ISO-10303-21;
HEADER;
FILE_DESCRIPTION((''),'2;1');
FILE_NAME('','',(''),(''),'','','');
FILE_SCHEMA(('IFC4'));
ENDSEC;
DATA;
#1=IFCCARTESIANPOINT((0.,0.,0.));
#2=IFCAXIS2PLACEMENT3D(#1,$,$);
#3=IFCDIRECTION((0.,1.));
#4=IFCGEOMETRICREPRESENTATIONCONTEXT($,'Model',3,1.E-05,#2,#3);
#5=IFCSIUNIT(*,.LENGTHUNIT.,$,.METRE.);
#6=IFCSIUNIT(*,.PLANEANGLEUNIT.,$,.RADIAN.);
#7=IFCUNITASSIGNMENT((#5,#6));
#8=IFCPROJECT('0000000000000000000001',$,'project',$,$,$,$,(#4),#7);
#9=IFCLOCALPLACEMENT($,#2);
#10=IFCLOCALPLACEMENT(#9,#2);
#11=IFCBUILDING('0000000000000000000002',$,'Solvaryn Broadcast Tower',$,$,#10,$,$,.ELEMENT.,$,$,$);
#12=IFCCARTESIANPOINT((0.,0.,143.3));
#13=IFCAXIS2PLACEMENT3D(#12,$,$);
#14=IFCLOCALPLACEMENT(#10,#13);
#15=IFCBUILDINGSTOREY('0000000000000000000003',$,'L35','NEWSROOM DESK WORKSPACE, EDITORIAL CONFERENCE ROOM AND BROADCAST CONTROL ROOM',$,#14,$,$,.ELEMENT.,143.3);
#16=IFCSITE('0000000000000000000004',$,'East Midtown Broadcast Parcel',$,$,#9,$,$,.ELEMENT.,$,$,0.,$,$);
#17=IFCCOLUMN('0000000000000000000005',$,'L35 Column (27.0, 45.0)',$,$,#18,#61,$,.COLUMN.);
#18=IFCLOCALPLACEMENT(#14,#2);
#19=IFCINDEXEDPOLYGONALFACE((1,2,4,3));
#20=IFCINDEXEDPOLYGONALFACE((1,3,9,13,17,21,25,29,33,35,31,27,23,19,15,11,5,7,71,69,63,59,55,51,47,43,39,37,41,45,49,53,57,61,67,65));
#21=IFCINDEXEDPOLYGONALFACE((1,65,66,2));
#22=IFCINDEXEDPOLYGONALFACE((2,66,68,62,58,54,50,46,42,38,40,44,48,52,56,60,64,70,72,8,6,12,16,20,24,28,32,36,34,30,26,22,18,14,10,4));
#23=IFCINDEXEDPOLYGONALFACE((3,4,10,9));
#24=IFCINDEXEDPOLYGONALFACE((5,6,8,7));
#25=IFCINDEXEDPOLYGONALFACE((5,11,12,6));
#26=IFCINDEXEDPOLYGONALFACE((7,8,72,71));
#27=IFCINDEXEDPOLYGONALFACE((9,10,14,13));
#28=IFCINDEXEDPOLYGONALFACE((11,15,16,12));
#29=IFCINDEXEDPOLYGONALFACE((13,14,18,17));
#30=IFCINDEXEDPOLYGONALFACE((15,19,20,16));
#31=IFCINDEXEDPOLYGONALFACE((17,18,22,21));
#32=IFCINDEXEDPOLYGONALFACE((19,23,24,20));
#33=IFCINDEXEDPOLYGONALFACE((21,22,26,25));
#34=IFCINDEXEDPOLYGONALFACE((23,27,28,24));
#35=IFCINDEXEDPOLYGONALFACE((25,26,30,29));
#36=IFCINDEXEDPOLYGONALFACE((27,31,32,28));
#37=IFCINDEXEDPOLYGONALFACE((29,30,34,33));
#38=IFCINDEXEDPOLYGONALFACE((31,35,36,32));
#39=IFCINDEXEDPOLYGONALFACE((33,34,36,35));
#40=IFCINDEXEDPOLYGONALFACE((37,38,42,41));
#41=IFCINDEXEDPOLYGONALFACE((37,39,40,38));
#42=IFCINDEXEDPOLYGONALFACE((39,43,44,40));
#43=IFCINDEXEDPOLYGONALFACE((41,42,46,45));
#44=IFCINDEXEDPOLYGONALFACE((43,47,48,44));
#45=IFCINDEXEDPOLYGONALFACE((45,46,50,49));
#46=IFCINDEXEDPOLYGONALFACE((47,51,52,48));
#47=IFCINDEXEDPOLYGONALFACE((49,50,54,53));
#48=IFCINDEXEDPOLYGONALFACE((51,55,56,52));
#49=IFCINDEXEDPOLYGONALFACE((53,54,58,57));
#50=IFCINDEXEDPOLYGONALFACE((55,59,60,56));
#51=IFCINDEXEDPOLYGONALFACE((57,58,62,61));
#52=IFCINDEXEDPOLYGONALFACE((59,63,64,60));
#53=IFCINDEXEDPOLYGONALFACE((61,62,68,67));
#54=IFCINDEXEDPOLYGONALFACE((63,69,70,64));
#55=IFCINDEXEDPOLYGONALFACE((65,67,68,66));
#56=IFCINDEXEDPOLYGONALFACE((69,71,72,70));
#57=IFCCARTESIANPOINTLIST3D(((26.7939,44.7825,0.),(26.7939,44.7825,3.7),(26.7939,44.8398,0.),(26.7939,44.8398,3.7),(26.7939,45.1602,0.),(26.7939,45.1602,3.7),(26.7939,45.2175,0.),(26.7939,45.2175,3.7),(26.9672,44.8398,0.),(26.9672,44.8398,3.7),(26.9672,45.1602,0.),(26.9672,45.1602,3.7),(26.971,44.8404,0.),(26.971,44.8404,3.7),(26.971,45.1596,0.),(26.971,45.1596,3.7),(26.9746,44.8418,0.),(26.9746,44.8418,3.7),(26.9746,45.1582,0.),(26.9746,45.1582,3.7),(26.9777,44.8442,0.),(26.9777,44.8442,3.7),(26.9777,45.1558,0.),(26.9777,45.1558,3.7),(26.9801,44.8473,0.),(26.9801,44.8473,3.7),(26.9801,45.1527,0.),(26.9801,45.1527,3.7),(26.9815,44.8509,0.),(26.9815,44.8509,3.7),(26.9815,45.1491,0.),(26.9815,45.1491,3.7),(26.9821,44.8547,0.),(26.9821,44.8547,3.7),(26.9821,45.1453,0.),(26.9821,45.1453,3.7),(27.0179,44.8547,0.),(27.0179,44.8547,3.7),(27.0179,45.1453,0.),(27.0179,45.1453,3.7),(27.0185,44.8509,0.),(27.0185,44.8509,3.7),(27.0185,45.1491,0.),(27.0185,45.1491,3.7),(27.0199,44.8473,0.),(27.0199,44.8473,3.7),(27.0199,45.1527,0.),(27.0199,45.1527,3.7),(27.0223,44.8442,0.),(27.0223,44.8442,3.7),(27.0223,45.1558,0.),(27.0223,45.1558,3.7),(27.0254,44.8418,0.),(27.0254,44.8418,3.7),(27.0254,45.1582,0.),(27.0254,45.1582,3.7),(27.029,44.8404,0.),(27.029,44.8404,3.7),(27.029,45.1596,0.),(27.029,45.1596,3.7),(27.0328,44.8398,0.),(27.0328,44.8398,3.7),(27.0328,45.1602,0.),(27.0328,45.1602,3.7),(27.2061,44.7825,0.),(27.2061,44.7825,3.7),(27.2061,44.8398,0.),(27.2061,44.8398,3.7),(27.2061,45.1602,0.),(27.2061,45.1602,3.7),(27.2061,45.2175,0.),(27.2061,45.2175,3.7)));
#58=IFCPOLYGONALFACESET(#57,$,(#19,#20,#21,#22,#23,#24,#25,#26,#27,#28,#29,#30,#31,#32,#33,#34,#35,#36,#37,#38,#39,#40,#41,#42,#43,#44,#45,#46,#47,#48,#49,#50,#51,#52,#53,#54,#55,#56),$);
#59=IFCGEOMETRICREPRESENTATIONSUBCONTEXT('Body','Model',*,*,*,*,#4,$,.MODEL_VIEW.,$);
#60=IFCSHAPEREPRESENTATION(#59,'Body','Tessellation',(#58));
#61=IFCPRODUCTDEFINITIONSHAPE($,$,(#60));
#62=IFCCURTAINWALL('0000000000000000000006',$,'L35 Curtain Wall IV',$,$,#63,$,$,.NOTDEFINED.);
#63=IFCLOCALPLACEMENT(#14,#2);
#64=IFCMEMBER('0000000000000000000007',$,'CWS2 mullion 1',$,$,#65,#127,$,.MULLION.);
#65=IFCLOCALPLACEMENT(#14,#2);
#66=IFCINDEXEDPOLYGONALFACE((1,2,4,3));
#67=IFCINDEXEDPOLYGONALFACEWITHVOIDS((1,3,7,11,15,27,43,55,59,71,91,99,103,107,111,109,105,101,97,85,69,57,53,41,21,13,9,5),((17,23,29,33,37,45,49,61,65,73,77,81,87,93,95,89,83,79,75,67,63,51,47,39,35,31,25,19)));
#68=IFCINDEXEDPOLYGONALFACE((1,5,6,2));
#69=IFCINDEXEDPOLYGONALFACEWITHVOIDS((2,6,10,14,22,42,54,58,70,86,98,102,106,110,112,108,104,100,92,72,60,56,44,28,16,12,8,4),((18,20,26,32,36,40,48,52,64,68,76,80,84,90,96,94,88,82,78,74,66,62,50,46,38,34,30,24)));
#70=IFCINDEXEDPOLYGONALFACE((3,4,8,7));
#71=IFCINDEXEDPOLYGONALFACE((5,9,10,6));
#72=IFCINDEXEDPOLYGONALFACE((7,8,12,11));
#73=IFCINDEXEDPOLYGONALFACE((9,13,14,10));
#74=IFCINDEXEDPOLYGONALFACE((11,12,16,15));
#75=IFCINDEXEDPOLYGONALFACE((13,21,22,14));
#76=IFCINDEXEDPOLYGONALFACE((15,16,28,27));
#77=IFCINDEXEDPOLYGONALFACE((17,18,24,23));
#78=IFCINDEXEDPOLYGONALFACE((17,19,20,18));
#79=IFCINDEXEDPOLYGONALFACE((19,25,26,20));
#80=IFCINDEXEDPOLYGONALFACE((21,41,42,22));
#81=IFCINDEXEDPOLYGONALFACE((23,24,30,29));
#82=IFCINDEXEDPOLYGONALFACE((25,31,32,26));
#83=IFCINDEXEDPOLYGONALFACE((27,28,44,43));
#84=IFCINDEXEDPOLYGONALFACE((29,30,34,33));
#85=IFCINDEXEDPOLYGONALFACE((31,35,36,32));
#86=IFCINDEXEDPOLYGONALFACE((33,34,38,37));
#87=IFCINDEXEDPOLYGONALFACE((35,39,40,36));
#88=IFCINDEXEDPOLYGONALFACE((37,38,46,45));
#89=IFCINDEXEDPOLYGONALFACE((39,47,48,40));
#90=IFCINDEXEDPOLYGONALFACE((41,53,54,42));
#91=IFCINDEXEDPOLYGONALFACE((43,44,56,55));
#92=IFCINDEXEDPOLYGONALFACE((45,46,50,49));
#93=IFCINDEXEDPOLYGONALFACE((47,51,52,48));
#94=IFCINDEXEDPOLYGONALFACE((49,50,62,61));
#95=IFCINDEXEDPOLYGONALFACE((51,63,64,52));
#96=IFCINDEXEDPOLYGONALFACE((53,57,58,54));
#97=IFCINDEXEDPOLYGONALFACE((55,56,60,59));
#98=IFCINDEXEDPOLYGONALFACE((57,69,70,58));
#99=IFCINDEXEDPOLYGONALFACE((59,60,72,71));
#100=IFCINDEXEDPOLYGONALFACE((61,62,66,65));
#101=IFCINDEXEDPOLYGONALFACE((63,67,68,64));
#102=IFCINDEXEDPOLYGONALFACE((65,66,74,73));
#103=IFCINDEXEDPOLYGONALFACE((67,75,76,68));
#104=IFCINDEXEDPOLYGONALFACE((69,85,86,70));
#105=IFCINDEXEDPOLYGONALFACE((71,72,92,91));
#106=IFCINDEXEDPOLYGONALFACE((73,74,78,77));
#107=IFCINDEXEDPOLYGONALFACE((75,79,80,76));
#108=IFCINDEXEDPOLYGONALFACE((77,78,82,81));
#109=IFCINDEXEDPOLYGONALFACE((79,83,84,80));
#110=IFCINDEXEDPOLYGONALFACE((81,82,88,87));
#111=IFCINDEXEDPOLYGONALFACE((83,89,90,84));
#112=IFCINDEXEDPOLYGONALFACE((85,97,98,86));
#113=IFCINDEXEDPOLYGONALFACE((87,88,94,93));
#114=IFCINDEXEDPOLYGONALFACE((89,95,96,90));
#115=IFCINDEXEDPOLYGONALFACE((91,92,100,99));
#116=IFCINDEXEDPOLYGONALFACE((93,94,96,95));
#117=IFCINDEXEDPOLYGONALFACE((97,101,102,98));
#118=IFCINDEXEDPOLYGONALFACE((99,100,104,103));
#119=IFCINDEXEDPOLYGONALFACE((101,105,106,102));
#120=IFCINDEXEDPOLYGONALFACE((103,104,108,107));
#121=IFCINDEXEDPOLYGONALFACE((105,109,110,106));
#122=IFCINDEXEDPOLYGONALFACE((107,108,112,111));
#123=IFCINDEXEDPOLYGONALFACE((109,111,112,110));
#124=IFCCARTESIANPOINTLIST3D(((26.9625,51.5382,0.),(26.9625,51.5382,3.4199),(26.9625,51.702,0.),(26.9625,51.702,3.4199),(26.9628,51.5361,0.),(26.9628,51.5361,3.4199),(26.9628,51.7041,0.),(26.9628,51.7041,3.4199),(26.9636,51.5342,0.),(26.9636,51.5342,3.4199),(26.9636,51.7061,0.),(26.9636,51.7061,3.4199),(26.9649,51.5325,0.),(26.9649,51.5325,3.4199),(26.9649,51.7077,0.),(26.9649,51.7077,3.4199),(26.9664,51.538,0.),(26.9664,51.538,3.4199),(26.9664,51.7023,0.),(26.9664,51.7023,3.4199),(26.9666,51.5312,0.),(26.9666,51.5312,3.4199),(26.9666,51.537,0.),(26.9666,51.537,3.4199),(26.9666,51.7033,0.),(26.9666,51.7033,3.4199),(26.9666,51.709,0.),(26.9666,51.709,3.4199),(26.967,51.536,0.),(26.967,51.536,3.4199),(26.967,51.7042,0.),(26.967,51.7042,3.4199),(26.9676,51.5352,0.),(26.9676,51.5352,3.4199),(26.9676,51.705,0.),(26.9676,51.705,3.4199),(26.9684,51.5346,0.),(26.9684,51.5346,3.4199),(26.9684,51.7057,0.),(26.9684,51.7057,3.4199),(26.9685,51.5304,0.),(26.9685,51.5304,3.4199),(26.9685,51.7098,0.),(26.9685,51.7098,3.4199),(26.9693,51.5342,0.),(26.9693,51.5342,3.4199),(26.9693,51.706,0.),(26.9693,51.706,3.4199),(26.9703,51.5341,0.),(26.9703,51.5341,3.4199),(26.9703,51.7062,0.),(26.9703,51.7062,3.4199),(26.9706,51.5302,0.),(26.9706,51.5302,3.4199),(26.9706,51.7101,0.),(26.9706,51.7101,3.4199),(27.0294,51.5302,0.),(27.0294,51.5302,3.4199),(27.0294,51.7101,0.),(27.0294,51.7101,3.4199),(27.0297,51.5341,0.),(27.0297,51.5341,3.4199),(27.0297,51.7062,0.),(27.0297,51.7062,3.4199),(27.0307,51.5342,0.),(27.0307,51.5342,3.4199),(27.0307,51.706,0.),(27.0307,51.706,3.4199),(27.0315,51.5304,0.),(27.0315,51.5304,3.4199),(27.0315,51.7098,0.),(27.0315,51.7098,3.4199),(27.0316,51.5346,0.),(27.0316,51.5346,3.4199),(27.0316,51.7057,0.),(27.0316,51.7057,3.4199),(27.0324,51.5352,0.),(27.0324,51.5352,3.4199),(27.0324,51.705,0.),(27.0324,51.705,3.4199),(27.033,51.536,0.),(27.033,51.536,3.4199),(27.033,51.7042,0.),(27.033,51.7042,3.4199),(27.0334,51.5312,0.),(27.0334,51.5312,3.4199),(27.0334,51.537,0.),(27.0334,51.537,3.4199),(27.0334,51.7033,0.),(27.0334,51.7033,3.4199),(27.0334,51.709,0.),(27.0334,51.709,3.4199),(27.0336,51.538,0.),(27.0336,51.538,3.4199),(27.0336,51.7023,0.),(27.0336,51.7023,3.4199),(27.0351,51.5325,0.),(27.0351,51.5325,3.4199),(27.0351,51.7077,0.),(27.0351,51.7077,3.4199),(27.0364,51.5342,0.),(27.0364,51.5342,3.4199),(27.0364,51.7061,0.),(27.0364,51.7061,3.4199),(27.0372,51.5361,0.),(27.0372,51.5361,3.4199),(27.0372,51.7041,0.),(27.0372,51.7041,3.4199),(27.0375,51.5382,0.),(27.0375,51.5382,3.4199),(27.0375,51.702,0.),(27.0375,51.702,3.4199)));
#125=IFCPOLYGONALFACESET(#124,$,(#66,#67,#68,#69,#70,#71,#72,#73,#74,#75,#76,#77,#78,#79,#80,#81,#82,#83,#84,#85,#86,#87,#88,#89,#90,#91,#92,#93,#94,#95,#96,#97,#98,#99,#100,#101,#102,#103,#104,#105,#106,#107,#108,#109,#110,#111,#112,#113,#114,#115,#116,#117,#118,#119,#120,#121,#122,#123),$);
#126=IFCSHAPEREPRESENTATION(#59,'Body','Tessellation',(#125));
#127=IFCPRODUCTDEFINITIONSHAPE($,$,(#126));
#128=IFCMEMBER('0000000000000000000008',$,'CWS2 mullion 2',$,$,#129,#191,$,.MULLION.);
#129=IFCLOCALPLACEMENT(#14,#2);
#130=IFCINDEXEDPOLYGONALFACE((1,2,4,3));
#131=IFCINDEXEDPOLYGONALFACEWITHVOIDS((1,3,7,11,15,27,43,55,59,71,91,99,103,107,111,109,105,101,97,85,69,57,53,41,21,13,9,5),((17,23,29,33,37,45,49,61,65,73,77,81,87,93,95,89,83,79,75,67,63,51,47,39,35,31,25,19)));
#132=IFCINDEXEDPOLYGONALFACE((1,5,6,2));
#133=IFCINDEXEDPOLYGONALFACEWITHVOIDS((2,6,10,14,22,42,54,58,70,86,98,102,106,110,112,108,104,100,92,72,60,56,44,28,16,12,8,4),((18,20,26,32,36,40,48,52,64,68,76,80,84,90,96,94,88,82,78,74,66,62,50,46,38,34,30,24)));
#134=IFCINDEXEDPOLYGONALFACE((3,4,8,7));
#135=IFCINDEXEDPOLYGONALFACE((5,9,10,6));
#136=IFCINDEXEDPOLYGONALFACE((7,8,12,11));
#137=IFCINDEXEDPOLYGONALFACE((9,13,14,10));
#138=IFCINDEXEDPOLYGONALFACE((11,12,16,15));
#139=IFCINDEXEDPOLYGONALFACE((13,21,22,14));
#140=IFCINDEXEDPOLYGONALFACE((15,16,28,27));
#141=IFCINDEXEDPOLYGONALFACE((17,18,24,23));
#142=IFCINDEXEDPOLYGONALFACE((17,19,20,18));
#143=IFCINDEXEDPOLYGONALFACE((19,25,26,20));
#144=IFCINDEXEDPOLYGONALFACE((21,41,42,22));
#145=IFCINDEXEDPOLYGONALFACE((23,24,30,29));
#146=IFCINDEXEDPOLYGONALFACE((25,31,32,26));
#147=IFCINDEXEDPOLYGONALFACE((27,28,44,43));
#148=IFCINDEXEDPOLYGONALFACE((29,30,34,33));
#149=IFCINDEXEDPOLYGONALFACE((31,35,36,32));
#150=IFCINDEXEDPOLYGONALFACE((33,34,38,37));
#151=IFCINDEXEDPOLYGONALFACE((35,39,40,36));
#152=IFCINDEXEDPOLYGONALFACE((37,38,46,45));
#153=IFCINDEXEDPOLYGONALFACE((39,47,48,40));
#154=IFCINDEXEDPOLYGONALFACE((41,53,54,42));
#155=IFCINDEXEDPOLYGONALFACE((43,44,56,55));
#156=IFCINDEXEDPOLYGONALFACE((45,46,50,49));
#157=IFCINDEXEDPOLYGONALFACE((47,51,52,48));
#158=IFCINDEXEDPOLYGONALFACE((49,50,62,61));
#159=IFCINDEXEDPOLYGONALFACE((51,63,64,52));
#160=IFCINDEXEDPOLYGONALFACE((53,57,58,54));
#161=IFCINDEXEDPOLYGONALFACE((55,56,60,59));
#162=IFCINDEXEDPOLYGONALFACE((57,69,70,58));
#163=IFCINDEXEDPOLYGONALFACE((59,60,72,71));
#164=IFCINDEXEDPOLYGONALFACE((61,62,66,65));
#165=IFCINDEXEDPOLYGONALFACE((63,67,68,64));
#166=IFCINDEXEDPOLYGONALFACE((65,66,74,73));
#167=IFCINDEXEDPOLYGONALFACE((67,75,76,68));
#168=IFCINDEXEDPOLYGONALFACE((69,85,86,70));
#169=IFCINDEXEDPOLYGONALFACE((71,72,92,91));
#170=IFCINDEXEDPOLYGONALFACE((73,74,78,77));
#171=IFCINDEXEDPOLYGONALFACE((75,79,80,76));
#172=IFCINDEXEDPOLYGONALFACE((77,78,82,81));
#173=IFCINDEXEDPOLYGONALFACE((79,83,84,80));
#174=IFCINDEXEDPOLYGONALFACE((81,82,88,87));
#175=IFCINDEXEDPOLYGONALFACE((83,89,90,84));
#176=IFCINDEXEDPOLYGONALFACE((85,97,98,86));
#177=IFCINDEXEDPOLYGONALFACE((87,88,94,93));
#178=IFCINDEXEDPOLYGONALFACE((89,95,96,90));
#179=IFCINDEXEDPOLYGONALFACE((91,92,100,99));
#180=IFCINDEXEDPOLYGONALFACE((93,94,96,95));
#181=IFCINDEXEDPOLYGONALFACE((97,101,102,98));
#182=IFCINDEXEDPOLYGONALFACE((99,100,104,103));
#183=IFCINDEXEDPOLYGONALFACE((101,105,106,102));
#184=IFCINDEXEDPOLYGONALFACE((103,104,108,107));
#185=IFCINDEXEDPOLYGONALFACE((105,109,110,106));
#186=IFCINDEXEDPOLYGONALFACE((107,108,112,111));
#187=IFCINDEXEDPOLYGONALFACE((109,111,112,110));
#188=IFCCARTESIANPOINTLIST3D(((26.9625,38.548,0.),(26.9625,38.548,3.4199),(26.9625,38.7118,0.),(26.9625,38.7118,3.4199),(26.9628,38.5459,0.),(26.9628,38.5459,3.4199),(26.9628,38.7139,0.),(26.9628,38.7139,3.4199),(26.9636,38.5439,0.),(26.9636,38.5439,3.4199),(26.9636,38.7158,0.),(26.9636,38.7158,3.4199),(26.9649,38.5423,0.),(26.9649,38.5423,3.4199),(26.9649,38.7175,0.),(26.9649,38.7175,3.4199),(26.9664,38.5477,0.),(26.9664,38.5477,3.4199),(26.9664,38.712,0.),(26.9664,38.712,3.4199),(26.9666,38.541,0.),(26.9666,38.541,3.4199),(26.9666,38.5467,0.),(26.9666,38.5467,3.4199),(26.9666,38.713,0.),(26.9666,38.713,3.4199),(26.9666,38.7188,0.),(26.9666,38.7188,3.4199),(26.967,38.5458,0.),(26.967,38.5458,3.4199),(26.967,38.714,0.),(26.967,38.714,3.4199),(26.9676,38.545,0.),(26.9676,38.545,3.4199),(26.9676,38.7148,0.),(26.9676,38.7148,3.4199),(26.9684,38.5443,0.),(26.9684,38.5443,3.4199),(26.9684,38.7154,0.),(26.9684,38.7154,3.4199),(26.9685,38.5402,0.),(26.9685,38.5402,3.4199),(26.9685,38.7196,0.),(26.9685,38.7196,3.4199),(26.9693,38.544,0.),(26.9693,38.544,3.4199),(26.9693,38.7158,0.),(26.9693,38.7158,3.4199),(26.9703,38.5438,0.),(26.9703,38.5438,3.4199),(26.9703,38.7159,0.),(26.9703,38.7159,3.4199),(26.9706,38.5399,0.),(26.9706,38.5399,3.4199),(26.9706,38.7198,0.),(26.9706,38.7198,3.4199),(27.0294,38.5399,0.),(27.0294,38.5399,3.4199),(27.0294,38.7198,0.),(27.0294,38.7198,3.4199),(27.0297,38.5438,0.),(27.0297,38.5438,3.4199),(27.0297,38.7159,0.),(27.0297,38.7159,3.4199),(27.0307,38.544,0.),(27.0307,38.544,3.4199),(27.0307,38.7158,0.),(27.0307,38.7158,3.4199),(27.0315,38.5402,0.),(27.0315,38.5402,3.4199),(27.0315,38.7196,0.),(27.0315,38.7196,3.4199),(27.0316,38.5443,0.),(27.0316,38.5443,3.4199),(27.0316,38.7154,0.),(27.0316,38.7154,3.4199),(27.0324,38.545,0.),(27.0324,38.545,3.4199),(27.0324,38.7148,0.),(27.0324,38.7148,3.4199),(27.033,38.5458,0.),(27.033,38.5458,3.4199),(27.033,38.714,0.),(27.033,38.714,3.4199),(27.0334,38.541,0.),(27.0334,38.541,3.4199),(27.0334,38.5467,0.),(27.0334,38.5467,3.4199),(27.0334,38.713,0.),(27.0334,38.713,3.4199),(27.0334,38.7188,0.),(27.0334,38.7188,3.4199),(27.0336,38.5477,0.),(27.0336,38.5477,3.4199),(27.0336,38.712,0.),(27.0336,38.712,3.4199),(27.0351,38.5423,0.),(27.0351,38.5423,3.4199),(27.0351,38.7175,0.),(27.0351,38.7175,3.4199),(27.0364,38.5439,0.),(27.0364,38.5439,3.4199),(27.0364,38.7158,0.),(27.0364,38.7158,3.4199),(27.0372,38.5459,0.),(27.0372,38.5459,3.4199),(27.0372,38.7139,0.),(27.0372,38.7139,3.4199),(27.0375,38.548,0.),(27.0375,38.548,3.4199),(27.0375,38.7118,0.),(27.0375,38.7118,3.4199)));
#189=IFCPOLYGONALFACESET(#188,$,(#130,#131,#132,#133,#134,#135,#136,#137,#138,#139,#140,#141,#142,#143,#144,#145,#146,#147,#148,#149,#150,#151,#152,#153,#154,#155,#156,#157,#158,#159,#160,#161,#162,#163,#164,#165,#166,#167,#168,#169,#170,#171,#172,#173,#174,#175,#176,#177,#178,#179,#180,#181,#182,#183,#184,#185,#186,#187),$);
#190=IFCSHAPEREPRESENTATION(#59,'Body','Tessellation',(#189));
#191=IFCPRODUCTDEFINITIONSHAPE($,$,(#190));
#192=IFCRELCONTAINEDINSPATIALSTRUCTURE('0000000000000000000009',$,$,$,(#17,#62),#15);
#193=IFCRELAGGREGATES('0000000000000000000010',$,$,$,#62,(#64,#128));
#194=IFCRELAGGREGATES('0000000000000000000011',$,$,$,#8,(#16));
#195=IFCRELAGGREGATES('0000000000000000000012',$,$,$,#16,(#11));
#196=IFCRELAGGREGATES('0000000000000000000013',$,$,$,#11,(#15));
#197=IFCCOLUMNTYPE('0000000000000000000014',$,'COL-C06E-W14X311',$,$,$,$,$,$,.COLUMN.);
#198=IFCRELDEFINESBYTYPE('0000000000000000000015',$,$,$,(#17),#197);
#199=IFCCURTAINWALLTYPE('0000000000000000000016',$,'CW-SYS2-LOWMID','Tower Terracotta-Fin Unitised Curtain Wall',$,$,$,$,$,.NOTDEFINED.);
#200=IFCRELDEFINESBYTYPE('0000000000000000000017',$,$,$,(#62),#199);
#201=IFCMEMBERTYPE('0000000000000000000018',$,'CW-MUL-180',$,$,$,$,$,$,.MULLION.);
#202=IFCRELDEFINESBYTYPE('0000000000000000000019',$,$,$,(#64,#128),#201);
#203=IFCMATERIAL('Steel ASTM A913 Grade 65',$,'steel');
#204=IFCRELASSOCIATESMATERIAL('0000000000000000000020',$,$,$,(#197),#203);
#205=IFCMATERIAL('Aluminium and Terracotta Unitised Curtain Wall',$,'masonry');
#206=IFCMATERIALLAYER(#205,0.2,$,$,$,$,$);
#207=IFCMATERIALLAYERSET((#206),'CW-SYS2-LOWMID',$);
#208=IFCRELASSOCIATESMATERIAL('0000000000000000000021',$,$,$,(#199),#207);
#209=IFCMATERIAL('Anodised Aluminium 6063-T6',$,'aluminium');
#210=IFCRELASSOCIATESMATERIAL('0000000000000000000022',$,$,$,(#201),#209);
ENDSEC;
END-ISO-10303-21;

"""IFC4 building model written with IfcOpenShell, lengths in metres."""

from ifc_helpers import new_model, si_unit, direction, frame, origin, origin_2d, place, context, subcontext, project, spatial, hollow_rectangle, i_section, extrude, material, layer, layer_set, material_profile, profile_set, type_object, element, aggregate, save


model = new_model("IFC4")

# Units and contexts
model_context = context("Model", 3, precision=1e-05, world=origin(), true_north=direction((0.0, 1.0)))
body_context = subcontext(model_context, "Body", "Model", "MODEL_VIEW")
ifc_project = project(units=[si_unit("LENGTHUNIT", "METRE"), si_unit("PLANEANGLEUNIT", "RADIAN")], contexts=[model_context])

# Site, building, storey
site_placement = place(None, origin())
site = spatial("IfcSite", under=ifc_project, at=site_placement, Name="East Midtown Broadcast Parcel", CompositionType="ELEMENT", RefElevation=0.0)
building_placement = place(site_placement, origin())
building = spatial("IfcBuilding", under=site, at=building_placement, Name="Solvaryn Broadcast Tower", CompositionType="ELEMENT")
storey_placement = place(building_placement, frame((0.0, 0.0, 143.3)))
storey = spatial("IfcBuildingStorey", under=building, at=storey_placement, Name="L35", Description="NEWSROOM DESK WORKSPACE, EDITORIAL CONFERENCE ROOM AND BROADCAST CONTROL ROOM", CompositionType="ELEMENT", Elevation=143.3)

# Column
ifc_material_1 = material(Name="Steel ASTM A913 Grade 65", Category="steel")
ifc_material_profile_1 = material_profile(ifc_material_1, i_section(OverallWidth=0.4121, OverallDepth=0.4351, WebThickness=0.0359, FlangeThickness=0.0574, FilletRadius=0.0149, at=origin_2d()))
ifc_profile_set_1 = profile_set([ifc_material_profile_1], Name="Steel ASTM A913 Grade 65")
column_type = type_object("IfcColumnType", Name="COL-C06E-W14X311", PredefinedType="COLUMN", material=ifc_profile_set_1)
column_placement = place(storey_placement, frame((27.0, 45.0, 0.0), z_axis=(0.0, 0.0, 1.0), x_axis=(1.0, 0.0, 0.0)))
element("IfcColumn", 1, at=column_placement, inside=storey, type_object=column_type, Name="L35 Column (27.0, 45.0)", PredefinedType="COLUMN", context=body_context, shape_type="SweptSolid", body=[
    extrude(i_section(OverallWidth=0.4121, OverallDepth=0.4351, WebThickness=0.0359, FlangeThickness=0.0574, FilletRadius=0.0149, at=origin_2d()), origin(), (0.0, 0.0, 1.0), 3.7),
])

# Curtain wall, members
ifc_material_2 = material(Name="Aluminium and Terracotta Unitised Curtain Wall", Category="masonry")
ifc_layer_1 = layer(ifc_material_2, 0.2)
ifc_layer_set_1 = layer_set([ifc_layer_1], Name="CW-SYS2-LOWMID")
curtain_wall_type = type_object("IfcCurtainWallType", Name="CW-SYS2-LOWMID", Description="Tower Terracotta-Fin Unitised Curtain Wall", PredefinedType="NOTDEFINED", material=ifc_layer_set_1)
curtain_wall_1_placement = place(storey_placement, origin())
curtain_wall_1 = element("IfcCurtainWall", 2, at=curtain_wall_1_placement, inside=storey, type_object=curtain_wall_type, Name="L35 Curtain Wall IV", PredefinedType="NOTDEFINED")
ifc_material_3 = material(Name="Anodised Aluminium 6063-T6", Category="aluminium")
ifc_material_profile_2 = material_profile(ifc_material_3, hollow_rectangle(XDim=0.075, YDim=0.1799, WallThickness=0.0039, InnerFilletRadius=0.0039, OuterFilletRadius=0.0081, at=origin_2d()))
ifc_profile_set_2 = profile_set([ifc_material_profile_2], Name="Anodised Aluminium 6063-T6")
member_type_1 = type_object("IfcMemberType", Name="CW-MUL-180", PredefinedType="MULLION", material=ifc_profile_set_2)
member_1_placement = place(storey_placement, frame((27.0, 51.6201, 0.0), z_axis=(0.0, 0.0, 1.0), x_axis=(1.0, 0.0, 0.0)))
member_1 = element("IfcMember", 3, at=member_1_placement, type_object=member_type_1, Name="CWS2 mullion 1", PredefinedType="MULLION", context=body_context, shape_type="SweptSolid", body=[
    extrude(hollow_rectangle(XDim=0.075, YDim=0.1799, WallThickness=0.0039, InnerFilletRadius=0.0039, OuterFilletRadius=0.0081, at=origin_2d()), origin(), (0.0, 0.0, 1.0), 3.4199),
])
member_2_placement = place(storey_placement, frame((27.0, 38.6299, 0.0), z_axis=(0.0, 0.0, 1.0), x_axis=(1.0, 0.0, 0.0)))
member_2 = element("IfcMember", 4, at=member_2_placement, type_object=member_type_1, Name="CWS2 mullion 2", PredefinedType="MULLION", context=body_context, shape_type="SweptSolid", body=[
    extrude(hollow_rectangle(XDim=0.075, YDim=0.1799, WallThickness=0.0039, InnerFilletRadius=0.0039, OuterFilletRadius=0.0081, at=origin_2d()), origin(), (0.0, 0.0, 1.0), 3.4199),
])

aggregate(curtain_wall_1, [member_1, member_2])

save(model, "model.ifc")
